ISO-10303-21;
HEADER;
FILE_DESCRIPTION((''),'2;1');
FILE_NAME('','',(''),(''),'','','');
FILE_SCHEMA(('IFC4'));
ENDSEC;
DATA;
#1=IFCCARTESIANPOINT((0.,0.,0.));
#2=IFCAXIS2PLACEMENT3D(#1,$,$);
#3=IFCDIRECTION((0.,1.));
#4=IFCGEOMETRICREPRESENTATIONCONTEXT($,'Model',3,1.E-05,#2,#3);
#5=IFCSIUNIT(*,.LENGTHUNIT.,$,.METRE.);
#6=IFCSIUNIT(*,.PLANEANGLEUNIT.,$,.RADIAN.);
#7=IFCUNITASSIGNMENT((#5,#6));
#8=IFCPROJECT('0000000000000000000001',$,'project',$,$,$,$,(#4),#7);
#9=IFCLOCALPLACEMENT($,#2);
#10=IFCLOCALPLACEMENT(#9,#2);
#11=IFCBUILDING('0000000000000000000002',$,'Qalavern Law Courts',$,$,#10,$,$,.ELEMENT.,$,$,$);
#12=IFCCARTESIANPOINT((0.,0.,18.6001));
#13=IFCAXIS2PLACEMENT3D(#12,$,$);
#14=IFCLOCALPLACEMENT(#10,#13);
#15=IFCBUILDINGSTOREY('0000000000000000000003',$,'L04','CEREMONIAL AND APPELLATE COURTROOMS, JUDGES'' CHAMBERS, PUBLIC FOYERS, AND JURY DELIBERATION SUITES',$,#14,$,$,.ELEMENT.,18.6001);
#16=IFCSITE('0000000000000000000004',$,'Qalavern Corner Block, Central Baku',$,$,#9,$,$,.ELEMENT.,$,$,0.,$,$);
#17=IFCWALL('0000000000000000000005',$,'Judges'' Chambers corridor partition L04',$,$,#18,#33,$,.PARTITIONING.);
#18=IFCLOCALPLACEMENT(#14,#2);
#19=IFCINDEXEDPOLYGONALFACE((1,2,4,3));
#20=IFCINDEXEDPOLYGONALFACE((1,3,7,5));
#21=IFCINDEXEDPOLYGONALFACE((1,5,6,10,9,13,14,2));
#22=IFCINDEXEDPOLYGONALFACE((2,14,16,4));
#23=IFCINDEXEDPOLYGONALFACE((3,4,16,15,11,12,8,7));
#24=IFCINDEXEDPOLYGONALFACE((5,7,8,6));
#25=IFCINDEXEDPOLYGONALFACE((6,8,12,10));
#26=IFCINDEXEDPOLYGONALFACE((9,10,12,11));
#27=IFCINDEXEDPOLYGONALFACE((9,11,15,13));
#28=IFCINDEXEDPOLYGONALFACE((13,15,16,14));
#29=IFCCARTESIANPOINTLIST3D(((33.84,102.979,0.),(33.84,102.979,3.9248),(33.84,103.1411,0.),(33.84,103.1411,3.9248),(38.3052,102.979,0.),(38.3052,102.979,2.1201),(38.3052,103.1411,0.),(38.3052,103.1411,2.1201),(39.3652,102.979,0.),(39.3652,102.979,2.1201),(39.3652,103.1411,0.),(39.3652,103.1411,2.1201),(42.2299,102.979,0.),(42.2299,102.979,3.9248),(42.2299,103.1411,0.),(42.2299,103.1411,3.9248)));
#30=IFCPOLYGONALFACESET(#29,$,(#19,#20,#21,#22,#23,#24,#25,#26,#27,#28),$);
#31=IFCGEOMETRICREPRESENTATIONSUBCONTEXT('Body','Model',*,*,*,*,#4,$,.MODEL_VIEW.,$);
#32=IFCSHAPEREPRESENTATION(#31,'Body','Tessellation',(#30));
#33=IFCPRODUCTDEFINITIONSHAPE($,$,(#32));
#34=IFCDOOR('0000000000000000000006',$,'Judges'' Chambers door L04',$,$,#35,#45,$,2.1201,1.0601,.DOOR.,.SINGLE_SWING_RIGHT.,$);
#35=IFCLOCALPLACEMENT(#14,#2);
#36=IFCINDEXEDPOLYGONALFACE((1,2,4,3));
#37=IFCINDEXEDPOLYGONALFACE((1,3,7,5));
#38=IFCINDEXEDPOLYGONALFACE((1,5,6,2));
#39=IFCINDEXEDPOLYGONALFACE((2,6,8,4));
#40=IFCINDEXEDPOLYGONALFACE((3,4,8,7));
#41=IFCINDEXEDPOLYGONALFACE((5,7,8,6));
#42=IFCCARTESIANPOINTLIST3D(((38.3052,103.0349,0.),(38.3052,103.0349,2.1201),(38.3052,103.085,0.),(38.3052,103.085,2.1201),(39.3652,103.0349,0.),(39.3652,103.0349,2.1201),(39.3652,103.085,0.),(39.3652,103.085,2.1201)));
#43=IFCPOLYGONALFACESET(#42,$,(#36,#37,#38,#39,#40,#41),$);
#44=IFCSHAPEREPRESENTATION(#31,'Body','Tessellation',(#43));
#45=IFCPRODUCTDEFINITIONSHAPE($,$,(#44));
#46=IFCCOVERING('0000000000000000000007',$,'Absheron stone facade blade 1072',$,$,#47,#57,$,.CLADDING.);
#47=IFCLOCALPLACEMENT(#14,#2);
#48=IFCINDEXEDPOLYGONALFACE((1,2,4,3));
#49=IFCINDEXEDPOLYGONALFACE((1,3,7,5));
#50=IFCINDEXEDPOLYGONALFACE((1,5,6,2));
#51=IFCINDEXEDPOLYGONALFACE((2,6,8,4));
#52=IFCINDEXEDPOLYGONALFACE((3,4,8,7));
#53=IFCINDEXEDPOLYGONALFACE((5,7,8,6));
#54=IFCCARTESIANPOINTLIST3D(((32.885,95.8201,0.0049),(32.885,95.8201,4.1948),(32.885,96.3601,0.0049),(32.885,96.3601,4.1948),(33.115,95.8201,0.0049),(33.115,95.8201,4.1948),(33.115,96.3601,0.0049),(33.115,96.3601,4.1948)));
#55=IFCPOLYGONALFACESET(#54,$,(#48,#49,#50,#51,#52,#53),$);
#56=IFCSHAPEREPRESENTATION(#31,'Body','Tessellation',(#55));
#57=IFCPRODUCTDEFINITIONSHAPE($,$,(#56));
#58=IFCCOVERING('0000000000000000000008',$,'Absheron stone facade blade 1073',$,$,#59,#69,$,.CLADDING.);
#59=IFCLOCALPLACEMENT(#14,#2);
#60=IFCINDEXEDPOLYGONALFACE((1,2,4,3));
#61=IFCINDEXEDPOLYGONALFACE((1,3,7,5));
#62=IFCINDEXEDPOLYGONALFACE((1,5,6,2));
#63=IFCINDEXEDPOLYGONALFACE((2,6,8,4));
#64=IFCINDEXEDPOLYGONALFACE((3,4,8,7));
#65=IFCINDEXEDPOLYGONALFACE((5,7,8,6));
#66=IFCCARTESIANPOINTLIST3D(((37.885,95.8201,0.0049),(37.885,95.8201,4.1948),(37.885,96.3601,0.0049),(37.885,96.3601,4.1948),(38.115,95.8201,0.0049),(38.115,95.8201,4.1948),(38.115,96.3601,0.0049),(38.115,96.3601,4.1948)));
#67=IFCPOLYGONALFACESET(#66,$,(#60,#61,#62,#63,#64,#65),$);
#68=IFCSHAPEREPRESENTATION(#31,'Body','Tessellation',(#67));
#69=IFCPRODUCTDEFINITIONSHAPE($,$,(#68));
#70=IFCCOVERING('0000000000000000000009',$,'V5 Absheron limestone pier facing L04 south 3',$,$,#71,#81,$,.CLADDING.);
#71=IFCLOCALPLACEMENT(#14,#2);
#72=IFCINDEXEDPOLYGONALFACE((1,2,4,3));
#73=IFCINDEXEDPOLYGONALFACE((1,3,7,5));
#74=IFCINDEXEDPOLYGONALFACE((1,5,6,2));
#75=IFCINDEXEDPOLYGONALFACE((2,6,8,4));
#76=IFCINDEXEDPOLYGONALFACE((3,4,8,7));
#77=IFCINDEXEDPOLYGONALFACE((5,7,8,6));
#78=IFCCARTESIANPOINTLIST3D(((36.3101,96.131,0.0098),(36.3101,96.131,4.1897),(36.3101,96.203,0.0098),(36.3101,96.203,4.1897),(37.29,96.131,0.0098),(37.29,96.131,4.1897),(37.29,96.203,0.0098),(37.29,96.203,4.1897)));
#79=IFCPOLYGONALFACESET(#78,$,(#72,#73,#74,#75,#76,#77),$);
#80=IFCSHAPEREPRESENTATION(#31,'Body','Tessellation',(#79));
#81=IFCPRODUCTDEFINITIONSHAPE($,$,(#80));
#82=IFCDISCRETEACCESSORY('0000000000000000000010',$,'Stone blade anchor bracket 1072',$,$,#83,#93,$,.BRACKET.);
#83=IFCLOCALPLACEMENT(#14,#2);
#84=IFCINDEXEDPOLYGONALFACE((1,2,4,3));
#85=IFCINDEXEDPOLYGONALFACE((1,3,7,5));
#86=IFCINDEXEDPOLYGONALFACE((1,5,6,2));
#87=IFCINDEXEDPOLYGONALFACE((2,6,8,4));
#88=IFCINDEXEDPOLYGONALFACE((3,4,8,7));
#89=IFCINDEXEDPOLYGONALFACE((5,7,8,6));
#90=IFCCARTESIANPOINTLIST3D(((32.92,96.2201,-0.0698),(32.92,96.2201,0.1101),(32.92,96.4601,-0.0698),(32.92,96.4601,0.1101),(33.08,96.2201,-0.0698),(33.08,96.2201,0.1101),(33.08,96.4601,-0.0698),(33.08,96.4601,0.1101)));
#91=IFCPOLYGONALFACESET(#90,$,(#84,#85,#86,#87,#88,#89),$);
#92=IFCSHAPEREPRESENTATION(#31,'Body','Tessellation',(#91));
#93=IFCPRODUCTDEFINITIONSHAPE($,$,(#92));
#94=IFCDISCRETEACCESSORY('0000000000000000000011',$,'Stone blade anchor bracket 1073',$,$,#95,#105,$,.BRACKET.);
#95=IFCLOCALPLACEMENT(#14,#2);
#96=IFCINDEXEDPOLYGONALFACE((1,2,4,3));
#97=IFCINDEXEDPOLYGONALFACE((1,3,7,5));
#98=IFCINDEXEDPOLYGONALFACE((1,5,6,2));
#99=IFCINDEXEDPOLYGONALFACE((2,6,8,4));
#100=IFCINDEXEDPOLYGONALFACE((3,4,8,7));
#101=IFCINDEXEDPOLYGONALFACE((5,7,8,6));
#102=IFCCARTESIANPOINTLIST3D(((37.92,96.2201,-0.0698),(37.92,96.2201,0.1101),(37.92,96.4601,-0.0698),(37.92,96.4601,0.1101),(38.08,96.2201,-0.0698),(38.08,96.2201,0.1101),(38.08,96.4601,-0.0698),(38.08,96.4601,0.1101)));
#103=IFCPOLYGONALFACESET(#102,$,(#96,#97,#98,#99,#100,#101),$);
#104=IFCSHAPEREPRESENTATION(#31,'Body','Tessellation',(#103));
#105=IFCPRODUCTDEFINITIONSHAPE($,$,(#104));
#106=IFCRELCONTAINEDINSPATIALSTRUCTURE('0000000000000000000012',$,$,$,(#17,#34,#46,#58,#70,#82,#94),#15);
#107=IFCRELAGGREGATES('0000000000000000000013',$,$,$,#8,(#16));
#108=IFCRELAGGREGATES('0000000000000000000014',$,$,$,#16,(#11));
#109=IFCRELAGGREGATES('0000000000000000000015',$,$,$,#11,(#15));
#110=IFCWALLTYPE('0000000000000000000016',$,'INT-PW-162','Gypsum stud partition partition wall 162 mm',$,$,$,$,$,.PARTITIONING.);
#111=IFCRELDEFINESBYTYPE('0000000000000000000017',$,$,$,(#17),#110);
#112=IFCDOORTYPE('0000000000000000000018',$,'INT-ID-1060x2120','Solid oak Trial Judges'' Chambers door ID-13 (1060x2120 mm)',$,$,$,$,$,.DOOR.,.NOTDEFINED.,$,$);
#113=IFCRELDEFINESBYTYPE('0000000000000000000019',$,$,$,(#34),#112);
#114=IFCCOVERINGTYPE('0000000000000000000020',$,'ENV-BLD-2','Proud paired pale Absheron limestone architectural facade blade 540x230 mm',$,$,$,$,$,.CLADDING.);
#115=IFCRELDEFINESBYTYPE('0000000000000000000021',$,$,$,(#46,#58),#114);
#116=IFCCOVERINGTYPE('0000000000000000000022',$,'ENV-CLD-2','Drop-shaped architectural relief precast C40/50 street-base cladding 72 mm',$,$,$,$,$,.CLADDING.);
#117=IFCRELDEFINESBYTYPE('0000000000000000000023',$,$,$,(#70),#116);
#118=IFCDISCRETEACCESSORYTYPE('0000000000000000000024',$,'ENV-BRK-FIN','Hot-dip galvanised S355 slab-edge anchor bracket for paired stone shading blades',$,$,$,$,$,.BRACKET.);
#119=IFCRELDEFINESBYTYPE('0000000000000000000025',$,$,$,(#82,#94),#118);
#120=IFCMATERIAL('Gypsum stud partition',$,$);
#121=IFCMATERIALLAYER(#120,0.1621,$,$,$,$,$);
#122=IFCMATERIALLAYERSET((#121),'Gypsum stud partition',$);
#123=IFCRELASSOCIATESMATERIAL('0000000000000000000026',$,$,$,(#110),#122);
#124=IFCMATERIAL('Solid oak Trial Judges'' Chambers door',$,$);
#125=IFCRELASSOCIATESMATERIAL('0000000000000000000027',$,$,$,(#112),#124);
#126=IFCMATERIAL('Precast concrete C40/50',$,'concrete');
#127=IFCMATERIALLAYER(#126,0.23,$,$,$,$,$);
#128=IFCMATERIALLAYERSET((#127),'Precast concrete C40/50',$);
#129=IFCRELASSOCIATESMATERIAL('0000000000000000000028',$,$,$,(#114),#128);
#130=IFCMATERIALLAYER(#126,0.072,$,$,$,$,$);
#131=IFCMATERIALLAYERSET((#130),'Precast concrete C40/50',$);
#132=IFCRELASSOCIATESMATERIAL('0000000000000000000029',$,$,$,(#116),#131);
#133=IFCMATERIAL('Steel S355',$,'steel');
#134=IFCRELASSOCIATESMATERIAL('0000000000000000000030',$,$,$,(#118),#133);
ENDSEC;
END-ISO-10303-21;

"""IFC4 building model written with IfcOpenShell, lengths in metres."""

from ifc_helpers import new_model, si_unit, direction, frame, frame_2d, origin, origin_2d, place, context, subcontext, project, spatial, rectangle, extrude, material, layer, layer_set, type_object, element, fill, save


model = new_model("IFC4")

# Units and contexts
model_context = context("Model", 3, precision=1e-05, world=origin(), true_north=direction((0.0, 1.0)))
body_context = subcontext(model_context, "Body", "Model", "MODEL_VIEW")
ifc_project = project(units=[si_unit("LENGTHUNIT", "METRE"), si_unit("PLANEANGLEUNIT", "RADIAN")], contexts=[model_context])

# Site, building, storey
site_placement = place(None, origin())
site = spatial("IfcSite", under=ifc_project, at=site_placement, Name="Qalavern Corner Block, Central Baku", CompositionType="ELEMENT", RefElevation=0.0)
building_placement = place(site_placement, origin())
building = spatial("IfcBuilding", under=site, at=building_placement, Name="Qalavern Law Courts", CompositionType="ELEMENT")
storey_placement = place(building_placement, frame((0.0, 0.0, 18.6001)))
storey = spatial("IfcBuildingStorey", under=building, at=storey_placement, Name="L04", Description="CEREMONIAL AND APPELLATE COURTROOMS, JUDGES' CHAMBERS, PUBLIC FOYERS, AND JURY DELIBERATION SUITES", CompositionType="ELEMENT", Elevation=18.6001)

# Shared definitions
ifc_material_1 = material(Name="Steel S355", Category="steel")

# Shared definitions
ifc_material_2 = material(Name="Gypsum stud partition")

# Wall, opening, door
ifc_layer_1 = layer(ifc_material_2, 0.1621)
ifc_layer_set_1 = layer_set([ifc_layer_1], Name="Gypsum stud partition")
wall_type_1 = type_object("IfcWallType", Name="INT-PW-162", Description="Gypsum stud partition partition wall 162 mm", PredefinedType="PARTITIONING", material=ifc_layer_set_1)
wall_1_placement = place(storey_placement, frame((33.8401, 103.0601, 0.0), z_axis=(0.0, 0.0, 1.0), x_axis=(1.0, 0.0, 0.0)))
wall_1 = element("IfcWall", 1, at=wall_1_placement, inside=storey, type_object=wall_type_1, Name="Judges' Chambers corridor partition L04", PredefinedType="PARTITIONING", context=body_context, shape_type="SweptSolid", body=[
    extrude(rectangle(XDim=8.3899, YDim=0.1621, at=frame_2d((4.1948, 0.0))), origin(), (0.0, 0.0, 1.0), 3.9248),
])
opening_1_placement = place(wall_1_placement, frame((4.4651, 0.0, 0.0)))
opening_1 = element("IfcOpeningElement", 2, at=opening_1_placement, cuts=wall_1, PredefinedType="OPENING", context=body_context, shape_type="SweptSolid", body=[
    extrude(rectangle(XDim=1.0601, YDim=2.1201, at=frame_2d((0.53, 1.0601))), frame((0.0, 0.0959, 0.0), z_axis=(0.0, -1.0, 0.0), x_axis=(1.0, 0.0, 0.0)), (0.0, 0.0, 1.0), 0.1919),
])
ifc_material_3 = material(Name="Solid oak Trial Judges' Chambers door")
door_type_1 = type_object("IfcDoorType", Name="INT-ID-1060x2120", Description="Solid oak Trial Judges' Chambers door ID-13 (1060x2120 mm)", OperationType="NOTDEFINED", PredefinedType="DOOR", material=ifc_material_3)
door_1_placement = place(opening_1_placement, origin())
door_1 = element("IfcDoor", 3, at=door_1_placement, inside=storey, type_object=door_type_1, Name="Judges' Chambers door L04", OperationType="SINGLE_SWING_RIGHT", OverallHeight=2.1201, OverallWidth=1.0601, PredefinedType="DOOR", context=body_context, shape_type="SweptSolid", body=[
    extrude(rectangle(XDim=1.0601, YDim=2.1201, at=frame_2d((0.53, 1.0601))), frame((0.0, 0.0249, 0.0), z_axis=(0.0, -1.0, 0.0), x_axis=(1.0, 0.0, 0.0)), (0.0, 0.0, 1.0), 0.05),
])
fill(opening_1, door_1)

# Coverings
ifc_material_4 = material(Name="Precast concrete C40/50", Category="concrete")
ifc_layer_2 = layer(ifc_material_4, 0.23)
ifc_layer_set_2 = layer_set([ifc_layer_2], Name="Precast concrete C40/50")
covering_type_1 = type_object("IfcCoveringType", Name="ENV-BLD-2", Description="Proud paired pale Absheron limestone architectural facade blade 540x230 mm", PredefinedType="CLADDING", material=ifc_layer_set_2)
for number, where, z_axis, x_axis, name in (
    (4, (33.0, 96.0901, 0.0049), (0.0, 0.0, 1.0), (0.0, -1.0, 0.0), "Absheron stone facade blade 1072"),
    (5, (38.0, 96.0901, 0.0049), (0.0, 0.0, 1.0), (0.0, -1.0, 0.0), "Absheron stone facade blade 1073"),
):
    element("IfcCovering", number, at=place(storey_placement, frame(where, z_axis=z_axis, x_axis=x_axis)), inside=storey, type_object=covering_type_1, Name=name, PredefinedType="CLADDING", context=body_context, shape_type="SweptSolid", body=[
        extrude(rectangle(XDim=0.54, YDim=0.23, at=origin_2d()), origin(), (0.0, 0.0, 1.0), 4.1899),
    ])
ifc_layer_3 = layer(ifc_material_4, 0.072)
ifc_layer_set_3 = layer_set([ifc_layer_3], Name="Precast concrete C40/50")
covering_type_2 = type_object("IfcCoveringType", Name="ENV-CLD-2", Description="Drop-shaped architectural relief precast C40/50 street-base cladding 72 mm", PredefinedType="CLADDING", material=ifc_layer_set_3)
covering_placement = place(storey_placement, frame((36.8, 96.167, 0.0098), z_axis=(0.0, 0.0, 1.0), x_axis=(1.0, 0.0, 0.0)))
element("IfcCovering", 6, at=covering_placement, inside=storey, type_object=covering_type_2, Name="V5 Absheron limestone pier facing L04 south 3", PredefinedType="CLADDING", context=body_context, shape_type="SweptSolid", body=[
    extrude(rectangle(XDim=0.98, YDim=0.072, at=origin_2d()), origin(), (0.0, 0.0, 1.0), 4.1799),
])

# Discrete accessories
discrete_accessory_type = type_object("IfcDiscreteAccessoryType", Name="ENV-BRK-FIN", Description="Hot-dip galvanised S355 slab-edge anchor bracket for paired stone shading blades", PredefinedType="BRACKET", material=ifc_material_1)
for number, where, z_axis, x_axis, name in (
    (7, (33.0, 96.3401, -0.0698), (0.0, 0.0, 1.0), (0.0, -1.0, 0.0), "Stone blade anchor bracket 1072"),
    (8, (38.0, 96.3401, -0.0698), (0.0, 0.0, 1.0), (0.0, -1.0, 0.0), "Stone blade anchor bracket 1073"),
):
    element("IfcDiscreteAccessory", number, at=place(storey_placement, frame(where, z_axis=z_axis, x_axis=x_axis)), inside=storey, type_object=discrete_accessory_type, Name=name, PredefinedType="BRACKET", context=body_context, shape_type="SweptSolid", body=[
        extrude(rectangle(XDim=0.24, YDim=0.1599, at=origin_2d()), origin(), (0.0, 0.0, 1.0), 0.1799),
    ])

save(model, "model.ifc")
